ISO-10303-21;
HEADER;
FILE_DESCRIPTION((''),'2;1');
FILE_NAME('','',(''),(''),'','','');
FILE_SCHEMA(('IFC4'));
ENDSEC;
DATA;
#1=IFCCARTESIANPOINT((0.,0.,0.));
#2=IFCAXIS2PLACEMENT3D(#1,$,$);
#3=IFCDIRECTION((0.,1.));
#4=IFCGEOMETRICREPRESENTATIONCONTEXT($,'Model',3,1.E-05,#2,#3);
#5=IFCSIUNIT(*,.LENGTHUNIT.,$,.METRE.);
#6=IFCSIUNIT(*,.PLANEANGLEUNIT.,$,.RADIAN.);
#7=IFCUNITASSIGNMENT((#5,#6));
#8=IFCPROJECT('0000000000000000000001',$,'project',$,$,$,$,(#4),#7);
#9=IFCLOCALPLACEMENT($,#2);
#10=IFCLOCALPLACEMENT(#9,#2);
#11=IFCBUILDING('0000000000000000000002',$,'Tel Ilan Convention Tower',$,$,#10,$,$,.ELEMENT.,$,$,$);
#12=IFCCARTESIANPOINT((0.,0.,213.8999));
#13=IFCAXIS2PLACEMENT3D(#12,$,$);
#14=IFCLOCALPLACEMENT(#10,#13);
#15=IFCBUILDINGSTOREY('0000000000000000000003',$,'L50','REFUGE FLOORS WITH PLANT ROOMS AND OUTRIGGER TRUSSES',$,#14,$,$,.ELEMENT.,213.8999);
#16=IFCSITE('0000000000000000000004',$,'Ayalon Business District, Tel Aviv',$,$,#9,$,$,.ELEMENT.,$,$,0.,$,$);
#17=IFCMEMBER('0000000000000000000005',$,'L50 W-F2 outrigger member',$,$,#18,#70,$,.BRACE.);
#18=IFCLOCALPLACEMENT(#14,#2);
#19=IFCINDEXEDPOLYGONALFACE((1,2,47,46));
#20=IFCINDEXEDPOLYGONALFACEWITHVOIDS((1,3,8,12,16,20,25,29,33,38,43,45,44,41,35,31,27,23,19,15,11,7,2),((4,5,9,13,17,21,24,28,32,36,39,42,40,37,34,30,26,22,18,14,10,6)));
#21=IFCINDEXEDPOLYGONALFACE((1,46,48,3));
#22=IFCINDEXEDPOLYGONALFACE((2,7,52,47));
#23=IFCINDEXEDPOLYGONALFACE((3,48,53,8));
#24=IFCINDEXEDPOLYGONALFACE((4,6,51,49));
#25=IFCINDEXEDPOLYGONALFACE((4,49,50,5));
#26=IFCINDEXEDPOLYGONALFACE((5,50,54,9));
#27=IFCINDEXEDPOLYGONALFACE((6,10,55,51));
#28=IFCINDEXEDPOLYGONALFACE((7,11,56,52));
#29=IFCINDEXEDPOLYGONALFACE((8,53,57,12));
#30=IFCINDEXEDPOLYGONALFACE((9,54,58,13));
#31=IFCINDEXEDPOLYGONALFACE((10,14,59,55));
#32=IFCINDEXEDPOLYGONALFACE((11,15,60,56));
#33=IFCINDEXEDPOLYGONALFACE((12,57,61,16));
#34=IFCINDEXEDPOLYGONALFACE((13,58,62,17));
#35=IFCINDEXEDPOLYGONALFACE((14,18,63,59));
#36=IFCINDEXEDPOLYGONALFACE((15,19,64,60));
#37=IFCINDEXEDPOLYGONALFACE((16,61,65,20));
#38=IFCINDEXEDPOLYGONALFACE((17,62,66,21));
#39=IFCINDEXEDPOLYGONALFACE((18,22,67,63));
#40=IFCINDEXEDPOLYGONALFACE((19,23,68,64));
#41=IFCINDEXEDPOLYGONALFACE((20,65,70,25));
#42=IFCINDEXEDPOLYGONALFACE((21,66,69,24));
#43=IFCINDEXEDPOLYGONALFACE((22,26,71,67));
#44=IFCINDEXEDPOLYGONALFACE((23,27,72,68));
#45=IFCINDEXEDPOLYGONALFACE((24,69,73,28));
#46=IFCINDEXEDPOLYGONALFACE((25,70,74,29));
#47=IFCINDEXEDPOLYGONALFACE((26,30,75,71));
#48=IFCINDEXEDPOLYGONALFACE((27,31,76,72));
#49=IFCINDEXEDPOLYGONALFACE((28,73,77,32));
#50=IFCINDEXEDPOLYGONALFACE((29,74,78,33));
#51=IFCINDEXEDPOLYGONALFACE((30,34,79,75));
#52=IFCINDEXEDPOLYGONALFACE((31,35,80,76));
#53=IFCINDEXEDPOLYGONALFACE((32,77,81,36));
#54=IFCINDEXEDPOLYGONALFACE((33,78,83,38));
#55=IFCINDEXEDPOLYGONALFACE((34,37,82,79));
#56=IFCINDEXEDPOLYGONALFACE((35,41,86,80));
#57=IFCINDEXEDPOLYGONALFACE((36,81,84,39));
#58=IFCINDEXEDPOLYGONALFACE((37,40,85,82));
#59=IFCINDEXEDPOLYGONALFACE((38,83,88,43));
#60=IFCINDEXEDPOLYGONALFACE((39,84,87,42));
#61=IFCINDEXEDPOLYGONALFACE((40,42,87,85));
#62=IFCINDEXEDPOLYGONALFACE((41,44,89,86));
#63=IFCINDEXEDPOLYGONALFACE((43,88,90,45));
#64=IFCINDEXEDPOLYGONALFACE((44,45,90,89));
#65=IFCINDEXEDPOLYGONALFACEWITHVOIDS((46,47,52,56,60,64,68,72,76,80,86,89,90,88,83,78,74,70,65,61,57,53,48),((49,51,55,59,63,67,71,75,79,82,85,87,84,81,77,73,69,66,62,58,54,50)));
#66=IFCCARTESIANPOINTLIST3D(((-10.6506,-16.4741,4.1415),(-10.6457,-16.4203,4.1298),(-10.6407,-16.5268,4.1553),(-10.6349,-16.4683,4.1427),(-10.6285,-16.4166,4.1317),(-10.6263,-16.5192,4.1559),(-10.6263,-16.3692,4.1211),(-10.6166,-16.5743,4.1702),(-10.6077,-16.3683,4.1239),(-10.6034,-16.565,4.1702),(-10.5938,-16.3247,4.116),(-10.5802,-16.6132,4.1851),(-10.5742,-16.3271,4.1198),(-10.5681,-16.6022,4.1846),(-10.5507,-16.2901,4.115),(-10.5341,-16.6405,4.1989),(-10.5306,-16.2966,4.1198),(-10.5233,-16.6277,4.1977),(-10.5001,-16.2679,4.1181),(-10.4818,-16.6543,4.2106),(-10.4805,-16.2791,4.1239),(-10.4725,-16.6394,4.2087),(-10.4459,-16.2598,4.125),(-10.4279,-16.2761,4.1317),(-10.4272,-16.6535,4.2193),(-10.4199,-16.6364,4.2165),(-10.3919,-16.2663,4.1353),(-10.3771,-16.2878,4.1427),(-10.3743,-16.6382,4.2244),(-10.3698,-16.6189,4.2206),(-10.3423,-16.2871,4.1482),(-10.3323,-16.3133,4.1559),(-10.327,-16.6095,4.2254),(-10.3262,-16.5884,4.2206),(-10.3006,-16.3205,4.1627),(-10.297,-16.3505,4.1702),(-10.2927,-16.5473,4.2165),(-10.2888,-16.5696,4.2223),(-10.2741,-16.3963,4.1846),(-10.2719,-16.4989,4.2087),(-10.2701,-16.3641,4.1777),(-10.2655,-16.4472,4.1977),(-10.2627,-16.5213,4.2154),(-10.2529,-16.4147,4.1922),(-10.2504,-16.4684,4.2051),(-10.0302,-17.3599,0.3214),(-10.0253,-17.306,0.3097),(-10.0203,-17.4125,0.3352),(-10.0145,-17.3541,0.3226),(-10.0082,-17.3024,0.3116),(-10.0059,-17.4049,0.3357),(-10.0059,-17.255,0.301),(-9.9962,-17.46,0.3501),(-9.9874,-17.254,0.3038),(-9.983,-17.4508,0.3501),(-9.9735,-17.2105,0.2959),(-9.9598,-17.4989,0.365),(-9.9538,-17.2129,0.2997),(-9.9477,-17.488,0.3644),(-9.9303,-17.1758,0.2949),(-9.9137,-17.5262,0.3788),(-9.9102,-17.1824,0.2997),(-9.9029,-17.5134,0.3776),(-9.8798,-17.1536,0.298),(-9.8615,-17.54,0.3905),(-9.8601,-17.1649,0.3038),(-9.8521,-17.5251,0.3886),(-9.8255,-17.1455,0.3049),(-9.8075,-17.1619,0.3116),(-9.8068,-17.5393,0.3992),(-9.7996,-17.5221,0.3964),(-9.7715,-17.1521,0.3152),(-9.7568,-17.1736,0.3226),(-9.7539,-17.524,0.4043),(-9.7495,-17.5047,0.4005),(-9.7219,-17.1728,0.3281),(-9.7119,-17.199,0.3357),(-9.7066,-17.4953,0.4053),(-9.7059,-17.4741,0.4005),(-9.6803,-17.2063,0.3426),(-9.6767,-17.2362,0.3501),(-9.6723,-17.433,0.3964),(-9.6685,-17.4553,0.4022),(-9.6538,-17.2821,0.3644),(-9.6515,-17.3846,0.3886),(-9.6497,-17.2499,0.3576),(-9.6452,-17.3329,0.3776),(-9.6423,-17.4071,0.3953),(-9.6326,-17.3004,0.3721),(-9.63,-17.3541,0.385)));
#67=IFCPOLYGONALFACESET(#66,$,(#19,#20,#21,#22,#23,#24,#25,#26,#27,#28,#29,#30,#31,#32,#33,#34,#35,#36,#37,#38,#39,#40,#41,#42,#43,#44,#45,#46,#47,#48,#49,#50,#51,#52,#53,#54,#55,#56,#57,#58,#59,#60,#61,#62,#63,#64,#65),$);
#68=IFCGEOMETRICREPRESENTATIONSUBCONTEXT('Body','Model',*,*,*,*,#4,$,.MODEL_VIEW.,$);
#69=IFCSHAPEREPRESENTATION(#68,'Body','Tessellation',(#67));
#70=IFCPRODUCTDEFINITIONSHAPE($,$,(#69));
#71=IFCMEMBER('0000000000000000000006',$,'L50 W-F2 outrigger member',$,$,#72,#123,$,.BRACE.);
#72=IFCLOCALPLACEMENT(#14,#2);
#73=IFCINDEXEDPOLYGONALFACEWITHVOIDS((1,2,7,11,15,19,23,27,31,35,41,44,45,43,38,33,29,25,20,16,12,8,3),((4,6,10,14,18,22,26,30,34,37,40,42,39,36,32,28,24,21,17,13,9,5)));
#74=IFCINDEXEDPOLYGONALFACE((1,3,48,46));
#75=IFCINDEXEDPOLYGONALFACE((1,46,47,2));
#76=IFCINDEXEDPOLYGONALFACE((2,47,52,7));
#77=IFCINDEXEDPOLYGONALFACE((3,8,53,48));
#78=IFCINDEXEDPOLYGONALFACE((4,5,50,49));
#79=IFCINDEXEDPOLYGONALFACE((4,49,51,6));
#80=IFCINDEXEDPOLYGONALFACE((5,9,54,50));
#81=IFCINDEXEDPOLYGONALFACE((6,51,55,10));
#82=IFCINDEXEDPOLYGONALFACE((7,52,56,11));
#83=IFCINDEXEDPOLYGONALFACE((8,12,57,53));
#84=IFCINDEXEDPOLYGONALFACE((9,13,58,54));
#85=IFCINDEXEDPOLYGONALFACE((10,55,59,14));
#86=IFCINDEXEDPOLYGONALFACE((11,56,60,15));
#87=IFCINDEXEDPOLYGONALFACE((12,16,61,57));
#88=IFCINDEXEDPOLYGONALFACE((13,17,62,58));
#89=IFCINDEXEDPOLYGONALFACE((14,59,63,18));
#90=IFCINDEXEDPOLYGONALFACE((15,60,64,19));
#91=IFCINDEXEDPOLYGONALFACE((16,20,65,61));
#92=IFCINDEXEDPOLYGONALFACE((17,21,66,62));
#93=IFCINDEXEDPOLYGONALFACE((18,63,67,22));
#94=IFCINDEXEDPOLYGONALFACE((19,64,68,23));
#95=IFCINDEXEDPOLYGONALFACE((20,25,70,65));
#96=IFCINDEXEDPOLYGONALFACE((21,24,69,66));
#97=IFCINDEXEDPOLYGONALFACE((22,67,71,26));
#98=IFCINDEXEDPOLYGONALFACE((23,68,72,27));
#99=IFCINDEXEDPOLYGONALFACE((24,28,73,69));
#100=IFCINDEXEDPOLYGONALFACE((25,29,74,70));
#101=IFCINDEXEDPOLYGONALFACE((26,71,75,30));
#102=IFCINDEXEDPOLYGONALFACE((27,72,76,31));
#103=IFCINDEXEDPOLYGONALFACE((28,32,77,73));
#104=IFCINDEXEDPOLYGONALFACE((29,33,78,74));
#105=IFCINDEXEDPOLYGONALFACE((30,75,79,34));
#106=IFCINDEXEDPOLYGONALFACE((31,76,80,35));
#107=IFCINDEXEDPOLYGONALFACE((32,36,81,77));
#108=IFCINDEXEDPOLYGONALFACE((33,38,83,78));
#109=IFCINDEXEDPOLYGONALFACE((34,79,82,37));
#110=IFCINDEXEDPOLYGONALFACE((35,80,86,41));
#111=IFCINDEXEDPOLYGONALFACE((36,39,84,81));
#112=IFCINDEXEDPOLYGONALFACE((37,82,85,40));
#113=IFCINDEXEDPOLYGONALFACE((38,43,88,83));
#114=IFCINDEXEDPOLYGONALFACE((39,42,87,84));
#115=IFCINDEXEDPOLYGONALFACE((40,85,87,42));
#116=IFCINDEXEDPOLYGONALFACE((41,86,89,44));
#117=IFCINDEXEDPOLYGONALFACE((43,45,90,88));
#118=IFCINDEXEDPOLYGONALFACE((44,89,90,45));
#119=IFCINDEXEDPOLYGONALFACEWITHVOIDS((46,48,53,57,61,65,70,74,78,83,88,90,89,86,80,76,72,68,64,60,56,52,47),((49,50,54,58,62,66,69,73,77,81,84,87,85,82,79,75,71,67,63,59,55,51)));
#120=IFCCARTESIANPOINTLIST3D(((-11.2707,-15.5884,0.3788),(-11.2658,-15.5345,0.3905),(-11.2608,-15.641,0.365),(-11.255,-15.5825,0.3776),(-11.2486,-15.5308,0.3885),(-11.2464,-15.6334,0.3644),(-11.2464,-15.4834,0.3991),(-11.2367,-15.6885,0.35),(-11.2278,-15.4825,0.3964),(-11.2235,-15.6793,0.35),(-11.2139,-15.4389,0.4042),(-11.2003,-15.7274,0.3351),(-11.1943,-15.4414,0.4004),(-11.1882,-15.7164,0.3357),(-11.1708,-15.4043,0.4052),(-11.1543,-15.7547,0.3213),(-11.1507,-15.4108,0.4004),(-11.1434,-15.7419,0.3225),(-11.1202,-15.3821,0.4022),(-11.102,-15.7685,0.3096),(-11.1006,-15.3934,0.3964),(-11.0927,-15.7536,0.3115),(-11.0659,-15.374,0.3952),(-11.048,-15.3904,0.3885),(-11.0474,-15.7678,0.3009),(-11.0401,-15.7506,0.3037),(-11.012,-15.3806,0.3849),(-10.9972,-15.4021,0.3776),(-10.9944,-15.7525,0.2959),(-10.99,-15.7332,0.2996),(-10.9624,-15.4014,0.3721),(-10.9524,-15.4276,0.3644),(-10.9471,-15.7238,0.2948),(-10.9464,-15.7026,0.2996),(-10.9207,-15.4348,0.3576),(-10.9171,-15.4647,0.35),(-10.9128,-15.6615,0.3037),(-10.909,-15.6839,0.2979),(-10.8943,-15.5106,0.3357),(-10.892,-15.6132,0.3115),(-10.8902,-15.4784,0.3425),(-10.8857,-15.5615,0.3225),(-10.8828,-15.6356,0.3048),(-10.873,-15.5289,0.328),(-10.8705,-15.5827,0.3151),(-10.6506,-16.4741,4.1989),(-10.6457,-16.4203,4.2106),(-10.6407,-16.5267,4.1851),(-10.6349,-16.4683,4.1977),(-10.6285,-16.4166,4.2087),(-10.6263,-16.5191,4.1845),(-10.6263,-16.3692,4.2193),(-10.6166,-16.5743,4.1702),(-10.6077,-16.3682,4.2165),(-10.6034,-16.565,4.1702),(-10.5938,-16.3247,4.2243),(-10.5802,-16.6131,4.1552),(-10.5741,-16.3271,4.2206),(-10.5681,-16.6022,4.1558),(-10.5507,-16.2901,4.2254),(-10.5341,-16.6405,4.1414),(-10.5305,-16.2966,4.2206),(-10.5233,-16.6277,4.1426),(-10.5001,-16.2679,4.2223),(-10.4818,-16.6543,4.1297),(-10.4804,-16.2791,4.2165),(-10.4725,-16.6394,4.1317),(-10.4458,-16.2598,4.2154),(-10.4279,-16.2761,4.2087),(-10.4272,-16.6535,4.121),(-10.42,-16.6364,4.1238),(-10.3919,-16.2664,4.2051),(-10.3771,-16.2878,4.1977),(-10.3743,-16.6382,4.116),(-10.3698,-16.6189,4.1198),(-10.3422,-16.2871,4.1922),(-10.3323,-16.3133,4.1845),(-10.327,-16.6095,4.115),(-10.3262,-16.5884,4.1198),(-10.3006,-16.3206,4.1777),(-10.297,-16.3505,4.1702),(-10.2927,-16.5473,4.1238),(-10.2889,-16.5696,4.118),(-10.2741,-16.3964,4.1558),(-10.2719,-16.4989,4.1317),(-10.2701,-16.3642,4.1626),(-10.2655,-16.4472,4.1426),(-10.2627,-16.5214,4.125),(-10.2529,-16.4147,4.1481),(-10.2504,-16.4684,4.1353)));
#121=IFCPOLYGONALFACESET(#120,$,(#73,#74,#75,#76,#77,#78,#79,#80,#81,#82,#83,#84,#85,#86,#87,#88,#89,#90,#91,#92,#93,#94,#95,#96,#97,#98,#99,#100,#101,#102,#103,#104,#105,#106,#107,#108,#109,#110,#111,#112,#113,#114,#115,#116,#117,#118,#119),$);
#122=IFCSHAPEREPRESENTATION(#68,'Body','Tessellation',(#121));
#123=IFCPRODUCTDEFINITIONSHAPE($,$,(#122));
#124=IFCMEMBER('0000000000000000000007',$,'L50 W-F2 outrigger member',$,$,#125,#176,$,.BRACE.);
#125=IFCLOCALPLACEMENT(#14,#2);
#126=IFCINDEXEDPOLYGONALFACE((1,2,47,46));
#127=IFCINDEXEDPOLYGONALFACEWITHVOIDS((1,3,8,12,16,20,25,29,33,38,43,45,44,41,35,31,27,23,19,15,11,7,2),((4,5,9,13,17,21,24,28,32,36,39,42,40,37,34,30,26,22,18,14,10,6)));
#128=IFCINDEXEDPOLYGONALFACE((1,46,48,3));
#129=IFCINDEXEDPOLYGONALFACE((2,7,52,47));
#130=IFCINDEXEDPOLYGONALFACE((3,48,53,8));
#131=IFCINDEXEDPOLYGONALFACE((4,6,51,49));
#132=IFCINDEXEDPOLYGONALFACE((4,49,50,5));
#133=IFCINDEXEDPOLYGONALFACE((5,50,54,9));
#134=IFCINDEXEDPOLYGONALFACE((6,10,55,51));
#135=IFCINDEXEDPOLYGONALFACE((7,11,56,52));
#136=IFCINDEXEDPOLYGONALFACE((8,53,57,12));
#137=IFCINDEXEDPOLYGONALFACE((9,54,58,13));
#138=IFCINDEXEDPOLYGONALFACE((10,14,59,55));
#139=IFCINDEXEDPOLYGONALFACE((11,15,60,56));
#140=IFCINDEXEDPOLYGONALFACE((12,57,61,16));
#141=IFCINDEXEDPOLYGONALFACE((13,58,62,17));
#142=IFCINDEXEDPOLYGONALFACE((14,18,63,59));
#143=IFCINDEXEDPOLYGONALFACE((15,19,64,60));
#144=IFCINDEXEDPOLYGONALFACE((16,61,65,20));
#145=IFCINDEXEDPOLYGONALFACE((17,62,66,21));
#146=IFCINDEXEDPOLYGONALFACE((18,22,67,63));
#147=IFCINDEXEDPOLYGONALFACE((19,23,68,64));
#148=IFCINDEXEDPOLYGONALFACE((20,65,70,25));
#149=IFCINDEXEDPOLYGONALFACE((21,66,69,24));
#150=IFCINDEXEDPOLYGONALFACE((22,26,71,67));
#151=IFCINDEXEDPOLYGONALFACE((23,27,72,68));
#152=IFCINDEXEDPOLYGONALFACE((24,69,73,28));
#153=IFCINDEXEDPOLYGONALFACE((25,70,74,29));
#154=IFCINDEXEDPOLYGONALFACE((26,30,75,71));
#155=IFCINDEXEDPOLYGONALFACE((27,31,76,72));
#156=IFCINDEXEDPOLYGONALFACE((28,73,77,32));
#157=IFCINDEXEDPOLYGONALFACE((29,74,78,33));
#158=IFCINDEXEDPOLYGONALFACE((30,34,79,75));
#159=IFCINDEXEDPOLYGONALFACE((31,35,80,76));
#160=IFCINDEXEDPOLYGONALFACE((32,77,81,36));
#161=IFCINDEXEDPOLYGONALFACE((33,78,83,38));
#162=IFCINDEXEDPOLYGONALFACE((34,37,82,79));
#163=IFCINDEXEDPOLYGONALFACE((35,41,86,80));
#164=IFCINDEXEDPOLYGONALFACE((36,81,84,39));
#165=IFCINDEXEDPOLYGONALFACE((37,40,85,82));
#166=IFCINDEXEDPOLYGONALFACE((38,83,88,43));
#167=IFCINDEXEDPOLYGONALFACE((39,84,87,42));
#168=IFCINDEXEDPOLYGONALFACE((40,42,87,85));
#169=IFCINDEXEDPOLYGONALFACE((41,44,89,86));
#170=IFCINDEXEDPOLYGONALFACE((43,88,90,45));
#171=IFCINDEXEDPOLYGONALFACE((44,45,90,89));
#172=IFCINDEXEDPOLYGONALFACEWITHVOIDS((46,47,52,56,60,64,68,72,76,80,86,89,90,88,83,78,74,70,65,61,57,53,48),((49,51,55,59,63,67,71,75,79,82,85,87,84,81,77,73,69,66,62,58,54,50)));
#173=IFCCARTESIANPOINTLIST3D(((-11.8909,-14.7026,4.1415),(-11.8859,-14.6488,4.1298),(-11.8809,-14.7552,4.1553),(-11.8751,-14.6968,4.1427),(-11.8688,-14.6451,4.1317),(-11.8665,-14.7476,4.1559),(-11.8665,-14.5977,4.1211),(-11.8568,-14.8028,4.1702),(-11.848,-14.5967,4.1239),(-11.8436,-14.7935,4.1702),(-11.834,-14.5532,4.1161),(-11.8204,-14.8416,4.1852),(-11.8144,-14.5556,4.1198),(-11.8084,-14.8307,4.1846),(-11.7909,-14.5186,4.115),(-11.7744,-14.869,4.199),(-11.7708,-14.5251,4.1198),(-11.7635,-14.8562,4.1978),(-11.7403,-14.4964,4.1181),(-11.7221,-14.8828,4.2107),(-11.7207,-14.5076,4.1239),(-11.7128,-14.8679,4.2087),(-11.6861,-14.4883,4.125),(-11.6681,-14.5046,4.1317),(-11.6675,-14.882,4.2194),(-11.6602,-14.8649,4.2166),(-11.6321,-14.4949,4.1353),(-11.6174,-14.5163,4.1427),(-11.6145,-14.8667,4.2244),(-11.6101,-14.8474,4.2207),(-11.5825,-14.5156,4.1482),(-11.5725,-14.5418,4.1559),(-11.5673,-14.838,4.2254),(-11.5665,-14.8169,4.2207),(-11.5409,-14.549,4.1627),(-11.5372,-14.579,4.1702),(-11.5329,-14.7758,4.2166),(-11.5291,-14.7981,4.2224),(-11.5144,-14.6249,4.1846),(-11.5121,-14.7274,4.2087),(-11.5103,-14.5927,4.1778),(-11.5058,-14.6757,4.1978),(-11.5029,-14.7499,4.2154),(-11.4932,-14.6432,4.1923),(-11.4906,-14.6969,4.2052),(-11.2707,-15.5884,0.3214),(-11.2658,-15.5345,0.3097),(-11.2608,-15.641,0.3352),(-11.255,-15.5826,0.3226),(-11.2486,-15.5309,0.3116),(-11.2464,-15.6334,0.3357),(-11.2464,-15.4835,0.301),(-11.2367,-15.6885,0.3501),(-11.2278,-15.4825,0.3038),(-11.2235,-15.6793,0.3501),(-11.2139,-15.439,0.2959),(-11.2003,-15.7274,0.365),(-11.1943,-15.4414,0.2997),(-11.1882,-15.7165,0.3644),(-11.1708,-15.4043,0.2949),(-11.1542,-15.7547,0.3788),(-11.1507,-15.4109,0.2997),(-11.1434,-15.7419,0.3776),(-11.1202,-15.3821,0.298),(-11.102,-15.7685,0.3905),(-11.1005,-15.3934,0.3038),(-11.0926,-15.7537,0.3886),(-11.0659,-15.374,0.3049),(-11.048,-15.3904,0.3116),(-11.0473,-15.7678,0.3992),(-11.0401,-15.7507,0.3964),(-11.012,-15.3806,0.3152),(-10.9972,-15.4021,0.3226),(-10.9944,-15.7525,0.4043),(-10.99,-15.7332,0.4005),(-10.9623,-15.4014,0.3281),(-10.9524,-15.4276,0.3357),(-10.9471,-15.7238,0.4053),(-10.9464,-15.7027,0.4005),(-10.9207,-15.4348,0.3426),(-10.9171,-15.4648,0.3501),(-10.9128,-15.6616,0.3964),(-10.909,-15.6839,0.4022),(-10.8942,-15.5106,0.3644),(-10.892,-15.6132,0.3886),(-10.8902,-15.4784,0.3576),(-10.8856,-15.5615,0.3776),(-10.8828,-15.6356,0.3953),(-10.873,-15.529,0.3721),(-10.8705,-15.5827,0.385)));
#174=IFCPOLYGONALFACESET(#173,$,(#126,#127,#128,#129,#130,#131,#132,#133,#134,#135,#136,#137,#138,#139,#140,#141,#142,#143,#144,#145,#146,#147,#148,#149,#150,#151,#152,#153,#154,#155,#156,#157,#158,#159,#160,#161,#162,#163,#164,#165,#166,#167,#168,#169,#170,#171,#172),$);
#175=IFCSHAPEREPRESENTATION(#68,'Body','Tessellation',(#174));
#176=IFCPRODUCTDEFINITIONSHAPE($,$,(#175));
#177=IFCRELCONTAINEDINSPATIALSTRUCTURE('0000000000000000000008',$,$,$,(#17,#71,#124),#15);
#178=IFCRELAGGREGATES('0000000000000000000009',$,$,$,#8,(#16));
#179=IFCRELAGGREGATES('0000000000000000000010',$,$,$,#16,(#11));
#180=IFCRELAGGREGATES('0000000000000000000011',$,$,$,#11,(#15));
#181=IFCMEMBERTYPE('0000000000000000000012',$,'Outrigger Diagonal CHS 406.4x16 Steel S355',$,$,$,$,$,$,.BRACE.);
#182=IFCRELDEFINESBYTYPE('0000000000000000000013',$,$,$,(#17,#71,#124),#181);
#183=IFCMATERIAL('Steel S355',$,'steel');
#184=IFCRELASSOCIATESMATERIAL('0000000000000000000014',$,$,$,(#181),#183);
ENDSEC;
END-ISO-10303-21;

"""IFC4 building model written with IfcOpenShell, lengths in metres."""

from ifc_helpers import new_model, si_unit, direction, frame, origin, origin_2d, place, context, subcontext, project, spatial, hollow_circle, extrude, material, material_profile, profile_set, type_object, element, save


model = new_model("IFC4")

# Units and contexts
model_context = context("Model", 3, precision=1e-05, world=origin(), true_north=direction((0.0, 1.0)))
body_context = subcontext(model_context, "Body", "Model", "MODEL_VIEW")
ifc_project = project(units=[si_unit("LENGTHUNIT", "METRE"), si_unit("PLANEANGLEUNIT", "RADIAN")], contexts=[model_context])

# Site, building, storey
site_placement = place(None, origin())
site = spatial("IfcSite", under=ifc_project, at=site_placement, Name="Ayalon Business District, Tel Aviv", CompositionType="ELEMENT", RefElevation=0.0)
building_placement = place(site_placement, origin())
building = spatial("IfcBuilding", under=site, at=building_placement, Name="Tel Ilan Convention Tower", CompositionType="ELEMENT")
storey_placement = place(building_placement, frame((0.0, 0.0, 213.8999)))
storey = spatial("IfcBuildingStorey", under=building, at=storey_placement, Name="L50", Description="REFUGE FLOORS WITH PLANT ROOMS AND OUTRIGGER TRUSSES", CompositionType="ELEMENT", Elevation=213.8999)

# Members
ifc_material_1 = material(Name="Steel S355", Category="steel")
ifc_material_profile_1 = material_profile(ifc_material_1, hollow_circle(Radius=0.2031, WallThickness=0.0161, at=origin_2d()), Name="CHS 406.4x16")
ifc_profile_set_1 = profile_set([ifc_material_profile_1], Name="Steel S355")
member_type_1 = type_object("IfcMemberType", Name="Outrigger Diagonal CHS 406.4x16 Steel S355", PredefinedType="BRACE", material=ifc_profile_set_1)
for number, where, z_axis, x_axis, name in (
    (1, (-9.8298, -17.3435, 0.3501), (-0.156255, 0.223099, 0.962191), (-0.819083, -0.573674, 0.0), "L50 W-F2 outrigger member"),
    (2, (-10.4502, -16.4578, 4.1702), (-0.156195, 0.223101, -0.9622), (-0.819189, -0.573523, 0.0), "L50 W-F2 outrigger member"),
    (3, (-11.0703, -15.572, 0.3501), (-0.156195, 0.223101, 0.9622), (-0.819189, -0.573523, 0.0), "L50 W-F2 outrigger member"),
):
    element("IfcMember", number, at=place(storey_placement, frame(where, z_axis=z_axis, x_axis=x_axis)), inside=storey, type_object=member_type_1, Name=name, PredefinedType="BRACE", context=body_context, shape_type="SweptSolid", body=[
        extrude(hollow_circle(Radius=0.2031, WallThickness=0.0161, at=origin_2d()), origin(), (0.0, 0.0, 1.0), 3.9702),
    ])

save(model, "model.ifc")
